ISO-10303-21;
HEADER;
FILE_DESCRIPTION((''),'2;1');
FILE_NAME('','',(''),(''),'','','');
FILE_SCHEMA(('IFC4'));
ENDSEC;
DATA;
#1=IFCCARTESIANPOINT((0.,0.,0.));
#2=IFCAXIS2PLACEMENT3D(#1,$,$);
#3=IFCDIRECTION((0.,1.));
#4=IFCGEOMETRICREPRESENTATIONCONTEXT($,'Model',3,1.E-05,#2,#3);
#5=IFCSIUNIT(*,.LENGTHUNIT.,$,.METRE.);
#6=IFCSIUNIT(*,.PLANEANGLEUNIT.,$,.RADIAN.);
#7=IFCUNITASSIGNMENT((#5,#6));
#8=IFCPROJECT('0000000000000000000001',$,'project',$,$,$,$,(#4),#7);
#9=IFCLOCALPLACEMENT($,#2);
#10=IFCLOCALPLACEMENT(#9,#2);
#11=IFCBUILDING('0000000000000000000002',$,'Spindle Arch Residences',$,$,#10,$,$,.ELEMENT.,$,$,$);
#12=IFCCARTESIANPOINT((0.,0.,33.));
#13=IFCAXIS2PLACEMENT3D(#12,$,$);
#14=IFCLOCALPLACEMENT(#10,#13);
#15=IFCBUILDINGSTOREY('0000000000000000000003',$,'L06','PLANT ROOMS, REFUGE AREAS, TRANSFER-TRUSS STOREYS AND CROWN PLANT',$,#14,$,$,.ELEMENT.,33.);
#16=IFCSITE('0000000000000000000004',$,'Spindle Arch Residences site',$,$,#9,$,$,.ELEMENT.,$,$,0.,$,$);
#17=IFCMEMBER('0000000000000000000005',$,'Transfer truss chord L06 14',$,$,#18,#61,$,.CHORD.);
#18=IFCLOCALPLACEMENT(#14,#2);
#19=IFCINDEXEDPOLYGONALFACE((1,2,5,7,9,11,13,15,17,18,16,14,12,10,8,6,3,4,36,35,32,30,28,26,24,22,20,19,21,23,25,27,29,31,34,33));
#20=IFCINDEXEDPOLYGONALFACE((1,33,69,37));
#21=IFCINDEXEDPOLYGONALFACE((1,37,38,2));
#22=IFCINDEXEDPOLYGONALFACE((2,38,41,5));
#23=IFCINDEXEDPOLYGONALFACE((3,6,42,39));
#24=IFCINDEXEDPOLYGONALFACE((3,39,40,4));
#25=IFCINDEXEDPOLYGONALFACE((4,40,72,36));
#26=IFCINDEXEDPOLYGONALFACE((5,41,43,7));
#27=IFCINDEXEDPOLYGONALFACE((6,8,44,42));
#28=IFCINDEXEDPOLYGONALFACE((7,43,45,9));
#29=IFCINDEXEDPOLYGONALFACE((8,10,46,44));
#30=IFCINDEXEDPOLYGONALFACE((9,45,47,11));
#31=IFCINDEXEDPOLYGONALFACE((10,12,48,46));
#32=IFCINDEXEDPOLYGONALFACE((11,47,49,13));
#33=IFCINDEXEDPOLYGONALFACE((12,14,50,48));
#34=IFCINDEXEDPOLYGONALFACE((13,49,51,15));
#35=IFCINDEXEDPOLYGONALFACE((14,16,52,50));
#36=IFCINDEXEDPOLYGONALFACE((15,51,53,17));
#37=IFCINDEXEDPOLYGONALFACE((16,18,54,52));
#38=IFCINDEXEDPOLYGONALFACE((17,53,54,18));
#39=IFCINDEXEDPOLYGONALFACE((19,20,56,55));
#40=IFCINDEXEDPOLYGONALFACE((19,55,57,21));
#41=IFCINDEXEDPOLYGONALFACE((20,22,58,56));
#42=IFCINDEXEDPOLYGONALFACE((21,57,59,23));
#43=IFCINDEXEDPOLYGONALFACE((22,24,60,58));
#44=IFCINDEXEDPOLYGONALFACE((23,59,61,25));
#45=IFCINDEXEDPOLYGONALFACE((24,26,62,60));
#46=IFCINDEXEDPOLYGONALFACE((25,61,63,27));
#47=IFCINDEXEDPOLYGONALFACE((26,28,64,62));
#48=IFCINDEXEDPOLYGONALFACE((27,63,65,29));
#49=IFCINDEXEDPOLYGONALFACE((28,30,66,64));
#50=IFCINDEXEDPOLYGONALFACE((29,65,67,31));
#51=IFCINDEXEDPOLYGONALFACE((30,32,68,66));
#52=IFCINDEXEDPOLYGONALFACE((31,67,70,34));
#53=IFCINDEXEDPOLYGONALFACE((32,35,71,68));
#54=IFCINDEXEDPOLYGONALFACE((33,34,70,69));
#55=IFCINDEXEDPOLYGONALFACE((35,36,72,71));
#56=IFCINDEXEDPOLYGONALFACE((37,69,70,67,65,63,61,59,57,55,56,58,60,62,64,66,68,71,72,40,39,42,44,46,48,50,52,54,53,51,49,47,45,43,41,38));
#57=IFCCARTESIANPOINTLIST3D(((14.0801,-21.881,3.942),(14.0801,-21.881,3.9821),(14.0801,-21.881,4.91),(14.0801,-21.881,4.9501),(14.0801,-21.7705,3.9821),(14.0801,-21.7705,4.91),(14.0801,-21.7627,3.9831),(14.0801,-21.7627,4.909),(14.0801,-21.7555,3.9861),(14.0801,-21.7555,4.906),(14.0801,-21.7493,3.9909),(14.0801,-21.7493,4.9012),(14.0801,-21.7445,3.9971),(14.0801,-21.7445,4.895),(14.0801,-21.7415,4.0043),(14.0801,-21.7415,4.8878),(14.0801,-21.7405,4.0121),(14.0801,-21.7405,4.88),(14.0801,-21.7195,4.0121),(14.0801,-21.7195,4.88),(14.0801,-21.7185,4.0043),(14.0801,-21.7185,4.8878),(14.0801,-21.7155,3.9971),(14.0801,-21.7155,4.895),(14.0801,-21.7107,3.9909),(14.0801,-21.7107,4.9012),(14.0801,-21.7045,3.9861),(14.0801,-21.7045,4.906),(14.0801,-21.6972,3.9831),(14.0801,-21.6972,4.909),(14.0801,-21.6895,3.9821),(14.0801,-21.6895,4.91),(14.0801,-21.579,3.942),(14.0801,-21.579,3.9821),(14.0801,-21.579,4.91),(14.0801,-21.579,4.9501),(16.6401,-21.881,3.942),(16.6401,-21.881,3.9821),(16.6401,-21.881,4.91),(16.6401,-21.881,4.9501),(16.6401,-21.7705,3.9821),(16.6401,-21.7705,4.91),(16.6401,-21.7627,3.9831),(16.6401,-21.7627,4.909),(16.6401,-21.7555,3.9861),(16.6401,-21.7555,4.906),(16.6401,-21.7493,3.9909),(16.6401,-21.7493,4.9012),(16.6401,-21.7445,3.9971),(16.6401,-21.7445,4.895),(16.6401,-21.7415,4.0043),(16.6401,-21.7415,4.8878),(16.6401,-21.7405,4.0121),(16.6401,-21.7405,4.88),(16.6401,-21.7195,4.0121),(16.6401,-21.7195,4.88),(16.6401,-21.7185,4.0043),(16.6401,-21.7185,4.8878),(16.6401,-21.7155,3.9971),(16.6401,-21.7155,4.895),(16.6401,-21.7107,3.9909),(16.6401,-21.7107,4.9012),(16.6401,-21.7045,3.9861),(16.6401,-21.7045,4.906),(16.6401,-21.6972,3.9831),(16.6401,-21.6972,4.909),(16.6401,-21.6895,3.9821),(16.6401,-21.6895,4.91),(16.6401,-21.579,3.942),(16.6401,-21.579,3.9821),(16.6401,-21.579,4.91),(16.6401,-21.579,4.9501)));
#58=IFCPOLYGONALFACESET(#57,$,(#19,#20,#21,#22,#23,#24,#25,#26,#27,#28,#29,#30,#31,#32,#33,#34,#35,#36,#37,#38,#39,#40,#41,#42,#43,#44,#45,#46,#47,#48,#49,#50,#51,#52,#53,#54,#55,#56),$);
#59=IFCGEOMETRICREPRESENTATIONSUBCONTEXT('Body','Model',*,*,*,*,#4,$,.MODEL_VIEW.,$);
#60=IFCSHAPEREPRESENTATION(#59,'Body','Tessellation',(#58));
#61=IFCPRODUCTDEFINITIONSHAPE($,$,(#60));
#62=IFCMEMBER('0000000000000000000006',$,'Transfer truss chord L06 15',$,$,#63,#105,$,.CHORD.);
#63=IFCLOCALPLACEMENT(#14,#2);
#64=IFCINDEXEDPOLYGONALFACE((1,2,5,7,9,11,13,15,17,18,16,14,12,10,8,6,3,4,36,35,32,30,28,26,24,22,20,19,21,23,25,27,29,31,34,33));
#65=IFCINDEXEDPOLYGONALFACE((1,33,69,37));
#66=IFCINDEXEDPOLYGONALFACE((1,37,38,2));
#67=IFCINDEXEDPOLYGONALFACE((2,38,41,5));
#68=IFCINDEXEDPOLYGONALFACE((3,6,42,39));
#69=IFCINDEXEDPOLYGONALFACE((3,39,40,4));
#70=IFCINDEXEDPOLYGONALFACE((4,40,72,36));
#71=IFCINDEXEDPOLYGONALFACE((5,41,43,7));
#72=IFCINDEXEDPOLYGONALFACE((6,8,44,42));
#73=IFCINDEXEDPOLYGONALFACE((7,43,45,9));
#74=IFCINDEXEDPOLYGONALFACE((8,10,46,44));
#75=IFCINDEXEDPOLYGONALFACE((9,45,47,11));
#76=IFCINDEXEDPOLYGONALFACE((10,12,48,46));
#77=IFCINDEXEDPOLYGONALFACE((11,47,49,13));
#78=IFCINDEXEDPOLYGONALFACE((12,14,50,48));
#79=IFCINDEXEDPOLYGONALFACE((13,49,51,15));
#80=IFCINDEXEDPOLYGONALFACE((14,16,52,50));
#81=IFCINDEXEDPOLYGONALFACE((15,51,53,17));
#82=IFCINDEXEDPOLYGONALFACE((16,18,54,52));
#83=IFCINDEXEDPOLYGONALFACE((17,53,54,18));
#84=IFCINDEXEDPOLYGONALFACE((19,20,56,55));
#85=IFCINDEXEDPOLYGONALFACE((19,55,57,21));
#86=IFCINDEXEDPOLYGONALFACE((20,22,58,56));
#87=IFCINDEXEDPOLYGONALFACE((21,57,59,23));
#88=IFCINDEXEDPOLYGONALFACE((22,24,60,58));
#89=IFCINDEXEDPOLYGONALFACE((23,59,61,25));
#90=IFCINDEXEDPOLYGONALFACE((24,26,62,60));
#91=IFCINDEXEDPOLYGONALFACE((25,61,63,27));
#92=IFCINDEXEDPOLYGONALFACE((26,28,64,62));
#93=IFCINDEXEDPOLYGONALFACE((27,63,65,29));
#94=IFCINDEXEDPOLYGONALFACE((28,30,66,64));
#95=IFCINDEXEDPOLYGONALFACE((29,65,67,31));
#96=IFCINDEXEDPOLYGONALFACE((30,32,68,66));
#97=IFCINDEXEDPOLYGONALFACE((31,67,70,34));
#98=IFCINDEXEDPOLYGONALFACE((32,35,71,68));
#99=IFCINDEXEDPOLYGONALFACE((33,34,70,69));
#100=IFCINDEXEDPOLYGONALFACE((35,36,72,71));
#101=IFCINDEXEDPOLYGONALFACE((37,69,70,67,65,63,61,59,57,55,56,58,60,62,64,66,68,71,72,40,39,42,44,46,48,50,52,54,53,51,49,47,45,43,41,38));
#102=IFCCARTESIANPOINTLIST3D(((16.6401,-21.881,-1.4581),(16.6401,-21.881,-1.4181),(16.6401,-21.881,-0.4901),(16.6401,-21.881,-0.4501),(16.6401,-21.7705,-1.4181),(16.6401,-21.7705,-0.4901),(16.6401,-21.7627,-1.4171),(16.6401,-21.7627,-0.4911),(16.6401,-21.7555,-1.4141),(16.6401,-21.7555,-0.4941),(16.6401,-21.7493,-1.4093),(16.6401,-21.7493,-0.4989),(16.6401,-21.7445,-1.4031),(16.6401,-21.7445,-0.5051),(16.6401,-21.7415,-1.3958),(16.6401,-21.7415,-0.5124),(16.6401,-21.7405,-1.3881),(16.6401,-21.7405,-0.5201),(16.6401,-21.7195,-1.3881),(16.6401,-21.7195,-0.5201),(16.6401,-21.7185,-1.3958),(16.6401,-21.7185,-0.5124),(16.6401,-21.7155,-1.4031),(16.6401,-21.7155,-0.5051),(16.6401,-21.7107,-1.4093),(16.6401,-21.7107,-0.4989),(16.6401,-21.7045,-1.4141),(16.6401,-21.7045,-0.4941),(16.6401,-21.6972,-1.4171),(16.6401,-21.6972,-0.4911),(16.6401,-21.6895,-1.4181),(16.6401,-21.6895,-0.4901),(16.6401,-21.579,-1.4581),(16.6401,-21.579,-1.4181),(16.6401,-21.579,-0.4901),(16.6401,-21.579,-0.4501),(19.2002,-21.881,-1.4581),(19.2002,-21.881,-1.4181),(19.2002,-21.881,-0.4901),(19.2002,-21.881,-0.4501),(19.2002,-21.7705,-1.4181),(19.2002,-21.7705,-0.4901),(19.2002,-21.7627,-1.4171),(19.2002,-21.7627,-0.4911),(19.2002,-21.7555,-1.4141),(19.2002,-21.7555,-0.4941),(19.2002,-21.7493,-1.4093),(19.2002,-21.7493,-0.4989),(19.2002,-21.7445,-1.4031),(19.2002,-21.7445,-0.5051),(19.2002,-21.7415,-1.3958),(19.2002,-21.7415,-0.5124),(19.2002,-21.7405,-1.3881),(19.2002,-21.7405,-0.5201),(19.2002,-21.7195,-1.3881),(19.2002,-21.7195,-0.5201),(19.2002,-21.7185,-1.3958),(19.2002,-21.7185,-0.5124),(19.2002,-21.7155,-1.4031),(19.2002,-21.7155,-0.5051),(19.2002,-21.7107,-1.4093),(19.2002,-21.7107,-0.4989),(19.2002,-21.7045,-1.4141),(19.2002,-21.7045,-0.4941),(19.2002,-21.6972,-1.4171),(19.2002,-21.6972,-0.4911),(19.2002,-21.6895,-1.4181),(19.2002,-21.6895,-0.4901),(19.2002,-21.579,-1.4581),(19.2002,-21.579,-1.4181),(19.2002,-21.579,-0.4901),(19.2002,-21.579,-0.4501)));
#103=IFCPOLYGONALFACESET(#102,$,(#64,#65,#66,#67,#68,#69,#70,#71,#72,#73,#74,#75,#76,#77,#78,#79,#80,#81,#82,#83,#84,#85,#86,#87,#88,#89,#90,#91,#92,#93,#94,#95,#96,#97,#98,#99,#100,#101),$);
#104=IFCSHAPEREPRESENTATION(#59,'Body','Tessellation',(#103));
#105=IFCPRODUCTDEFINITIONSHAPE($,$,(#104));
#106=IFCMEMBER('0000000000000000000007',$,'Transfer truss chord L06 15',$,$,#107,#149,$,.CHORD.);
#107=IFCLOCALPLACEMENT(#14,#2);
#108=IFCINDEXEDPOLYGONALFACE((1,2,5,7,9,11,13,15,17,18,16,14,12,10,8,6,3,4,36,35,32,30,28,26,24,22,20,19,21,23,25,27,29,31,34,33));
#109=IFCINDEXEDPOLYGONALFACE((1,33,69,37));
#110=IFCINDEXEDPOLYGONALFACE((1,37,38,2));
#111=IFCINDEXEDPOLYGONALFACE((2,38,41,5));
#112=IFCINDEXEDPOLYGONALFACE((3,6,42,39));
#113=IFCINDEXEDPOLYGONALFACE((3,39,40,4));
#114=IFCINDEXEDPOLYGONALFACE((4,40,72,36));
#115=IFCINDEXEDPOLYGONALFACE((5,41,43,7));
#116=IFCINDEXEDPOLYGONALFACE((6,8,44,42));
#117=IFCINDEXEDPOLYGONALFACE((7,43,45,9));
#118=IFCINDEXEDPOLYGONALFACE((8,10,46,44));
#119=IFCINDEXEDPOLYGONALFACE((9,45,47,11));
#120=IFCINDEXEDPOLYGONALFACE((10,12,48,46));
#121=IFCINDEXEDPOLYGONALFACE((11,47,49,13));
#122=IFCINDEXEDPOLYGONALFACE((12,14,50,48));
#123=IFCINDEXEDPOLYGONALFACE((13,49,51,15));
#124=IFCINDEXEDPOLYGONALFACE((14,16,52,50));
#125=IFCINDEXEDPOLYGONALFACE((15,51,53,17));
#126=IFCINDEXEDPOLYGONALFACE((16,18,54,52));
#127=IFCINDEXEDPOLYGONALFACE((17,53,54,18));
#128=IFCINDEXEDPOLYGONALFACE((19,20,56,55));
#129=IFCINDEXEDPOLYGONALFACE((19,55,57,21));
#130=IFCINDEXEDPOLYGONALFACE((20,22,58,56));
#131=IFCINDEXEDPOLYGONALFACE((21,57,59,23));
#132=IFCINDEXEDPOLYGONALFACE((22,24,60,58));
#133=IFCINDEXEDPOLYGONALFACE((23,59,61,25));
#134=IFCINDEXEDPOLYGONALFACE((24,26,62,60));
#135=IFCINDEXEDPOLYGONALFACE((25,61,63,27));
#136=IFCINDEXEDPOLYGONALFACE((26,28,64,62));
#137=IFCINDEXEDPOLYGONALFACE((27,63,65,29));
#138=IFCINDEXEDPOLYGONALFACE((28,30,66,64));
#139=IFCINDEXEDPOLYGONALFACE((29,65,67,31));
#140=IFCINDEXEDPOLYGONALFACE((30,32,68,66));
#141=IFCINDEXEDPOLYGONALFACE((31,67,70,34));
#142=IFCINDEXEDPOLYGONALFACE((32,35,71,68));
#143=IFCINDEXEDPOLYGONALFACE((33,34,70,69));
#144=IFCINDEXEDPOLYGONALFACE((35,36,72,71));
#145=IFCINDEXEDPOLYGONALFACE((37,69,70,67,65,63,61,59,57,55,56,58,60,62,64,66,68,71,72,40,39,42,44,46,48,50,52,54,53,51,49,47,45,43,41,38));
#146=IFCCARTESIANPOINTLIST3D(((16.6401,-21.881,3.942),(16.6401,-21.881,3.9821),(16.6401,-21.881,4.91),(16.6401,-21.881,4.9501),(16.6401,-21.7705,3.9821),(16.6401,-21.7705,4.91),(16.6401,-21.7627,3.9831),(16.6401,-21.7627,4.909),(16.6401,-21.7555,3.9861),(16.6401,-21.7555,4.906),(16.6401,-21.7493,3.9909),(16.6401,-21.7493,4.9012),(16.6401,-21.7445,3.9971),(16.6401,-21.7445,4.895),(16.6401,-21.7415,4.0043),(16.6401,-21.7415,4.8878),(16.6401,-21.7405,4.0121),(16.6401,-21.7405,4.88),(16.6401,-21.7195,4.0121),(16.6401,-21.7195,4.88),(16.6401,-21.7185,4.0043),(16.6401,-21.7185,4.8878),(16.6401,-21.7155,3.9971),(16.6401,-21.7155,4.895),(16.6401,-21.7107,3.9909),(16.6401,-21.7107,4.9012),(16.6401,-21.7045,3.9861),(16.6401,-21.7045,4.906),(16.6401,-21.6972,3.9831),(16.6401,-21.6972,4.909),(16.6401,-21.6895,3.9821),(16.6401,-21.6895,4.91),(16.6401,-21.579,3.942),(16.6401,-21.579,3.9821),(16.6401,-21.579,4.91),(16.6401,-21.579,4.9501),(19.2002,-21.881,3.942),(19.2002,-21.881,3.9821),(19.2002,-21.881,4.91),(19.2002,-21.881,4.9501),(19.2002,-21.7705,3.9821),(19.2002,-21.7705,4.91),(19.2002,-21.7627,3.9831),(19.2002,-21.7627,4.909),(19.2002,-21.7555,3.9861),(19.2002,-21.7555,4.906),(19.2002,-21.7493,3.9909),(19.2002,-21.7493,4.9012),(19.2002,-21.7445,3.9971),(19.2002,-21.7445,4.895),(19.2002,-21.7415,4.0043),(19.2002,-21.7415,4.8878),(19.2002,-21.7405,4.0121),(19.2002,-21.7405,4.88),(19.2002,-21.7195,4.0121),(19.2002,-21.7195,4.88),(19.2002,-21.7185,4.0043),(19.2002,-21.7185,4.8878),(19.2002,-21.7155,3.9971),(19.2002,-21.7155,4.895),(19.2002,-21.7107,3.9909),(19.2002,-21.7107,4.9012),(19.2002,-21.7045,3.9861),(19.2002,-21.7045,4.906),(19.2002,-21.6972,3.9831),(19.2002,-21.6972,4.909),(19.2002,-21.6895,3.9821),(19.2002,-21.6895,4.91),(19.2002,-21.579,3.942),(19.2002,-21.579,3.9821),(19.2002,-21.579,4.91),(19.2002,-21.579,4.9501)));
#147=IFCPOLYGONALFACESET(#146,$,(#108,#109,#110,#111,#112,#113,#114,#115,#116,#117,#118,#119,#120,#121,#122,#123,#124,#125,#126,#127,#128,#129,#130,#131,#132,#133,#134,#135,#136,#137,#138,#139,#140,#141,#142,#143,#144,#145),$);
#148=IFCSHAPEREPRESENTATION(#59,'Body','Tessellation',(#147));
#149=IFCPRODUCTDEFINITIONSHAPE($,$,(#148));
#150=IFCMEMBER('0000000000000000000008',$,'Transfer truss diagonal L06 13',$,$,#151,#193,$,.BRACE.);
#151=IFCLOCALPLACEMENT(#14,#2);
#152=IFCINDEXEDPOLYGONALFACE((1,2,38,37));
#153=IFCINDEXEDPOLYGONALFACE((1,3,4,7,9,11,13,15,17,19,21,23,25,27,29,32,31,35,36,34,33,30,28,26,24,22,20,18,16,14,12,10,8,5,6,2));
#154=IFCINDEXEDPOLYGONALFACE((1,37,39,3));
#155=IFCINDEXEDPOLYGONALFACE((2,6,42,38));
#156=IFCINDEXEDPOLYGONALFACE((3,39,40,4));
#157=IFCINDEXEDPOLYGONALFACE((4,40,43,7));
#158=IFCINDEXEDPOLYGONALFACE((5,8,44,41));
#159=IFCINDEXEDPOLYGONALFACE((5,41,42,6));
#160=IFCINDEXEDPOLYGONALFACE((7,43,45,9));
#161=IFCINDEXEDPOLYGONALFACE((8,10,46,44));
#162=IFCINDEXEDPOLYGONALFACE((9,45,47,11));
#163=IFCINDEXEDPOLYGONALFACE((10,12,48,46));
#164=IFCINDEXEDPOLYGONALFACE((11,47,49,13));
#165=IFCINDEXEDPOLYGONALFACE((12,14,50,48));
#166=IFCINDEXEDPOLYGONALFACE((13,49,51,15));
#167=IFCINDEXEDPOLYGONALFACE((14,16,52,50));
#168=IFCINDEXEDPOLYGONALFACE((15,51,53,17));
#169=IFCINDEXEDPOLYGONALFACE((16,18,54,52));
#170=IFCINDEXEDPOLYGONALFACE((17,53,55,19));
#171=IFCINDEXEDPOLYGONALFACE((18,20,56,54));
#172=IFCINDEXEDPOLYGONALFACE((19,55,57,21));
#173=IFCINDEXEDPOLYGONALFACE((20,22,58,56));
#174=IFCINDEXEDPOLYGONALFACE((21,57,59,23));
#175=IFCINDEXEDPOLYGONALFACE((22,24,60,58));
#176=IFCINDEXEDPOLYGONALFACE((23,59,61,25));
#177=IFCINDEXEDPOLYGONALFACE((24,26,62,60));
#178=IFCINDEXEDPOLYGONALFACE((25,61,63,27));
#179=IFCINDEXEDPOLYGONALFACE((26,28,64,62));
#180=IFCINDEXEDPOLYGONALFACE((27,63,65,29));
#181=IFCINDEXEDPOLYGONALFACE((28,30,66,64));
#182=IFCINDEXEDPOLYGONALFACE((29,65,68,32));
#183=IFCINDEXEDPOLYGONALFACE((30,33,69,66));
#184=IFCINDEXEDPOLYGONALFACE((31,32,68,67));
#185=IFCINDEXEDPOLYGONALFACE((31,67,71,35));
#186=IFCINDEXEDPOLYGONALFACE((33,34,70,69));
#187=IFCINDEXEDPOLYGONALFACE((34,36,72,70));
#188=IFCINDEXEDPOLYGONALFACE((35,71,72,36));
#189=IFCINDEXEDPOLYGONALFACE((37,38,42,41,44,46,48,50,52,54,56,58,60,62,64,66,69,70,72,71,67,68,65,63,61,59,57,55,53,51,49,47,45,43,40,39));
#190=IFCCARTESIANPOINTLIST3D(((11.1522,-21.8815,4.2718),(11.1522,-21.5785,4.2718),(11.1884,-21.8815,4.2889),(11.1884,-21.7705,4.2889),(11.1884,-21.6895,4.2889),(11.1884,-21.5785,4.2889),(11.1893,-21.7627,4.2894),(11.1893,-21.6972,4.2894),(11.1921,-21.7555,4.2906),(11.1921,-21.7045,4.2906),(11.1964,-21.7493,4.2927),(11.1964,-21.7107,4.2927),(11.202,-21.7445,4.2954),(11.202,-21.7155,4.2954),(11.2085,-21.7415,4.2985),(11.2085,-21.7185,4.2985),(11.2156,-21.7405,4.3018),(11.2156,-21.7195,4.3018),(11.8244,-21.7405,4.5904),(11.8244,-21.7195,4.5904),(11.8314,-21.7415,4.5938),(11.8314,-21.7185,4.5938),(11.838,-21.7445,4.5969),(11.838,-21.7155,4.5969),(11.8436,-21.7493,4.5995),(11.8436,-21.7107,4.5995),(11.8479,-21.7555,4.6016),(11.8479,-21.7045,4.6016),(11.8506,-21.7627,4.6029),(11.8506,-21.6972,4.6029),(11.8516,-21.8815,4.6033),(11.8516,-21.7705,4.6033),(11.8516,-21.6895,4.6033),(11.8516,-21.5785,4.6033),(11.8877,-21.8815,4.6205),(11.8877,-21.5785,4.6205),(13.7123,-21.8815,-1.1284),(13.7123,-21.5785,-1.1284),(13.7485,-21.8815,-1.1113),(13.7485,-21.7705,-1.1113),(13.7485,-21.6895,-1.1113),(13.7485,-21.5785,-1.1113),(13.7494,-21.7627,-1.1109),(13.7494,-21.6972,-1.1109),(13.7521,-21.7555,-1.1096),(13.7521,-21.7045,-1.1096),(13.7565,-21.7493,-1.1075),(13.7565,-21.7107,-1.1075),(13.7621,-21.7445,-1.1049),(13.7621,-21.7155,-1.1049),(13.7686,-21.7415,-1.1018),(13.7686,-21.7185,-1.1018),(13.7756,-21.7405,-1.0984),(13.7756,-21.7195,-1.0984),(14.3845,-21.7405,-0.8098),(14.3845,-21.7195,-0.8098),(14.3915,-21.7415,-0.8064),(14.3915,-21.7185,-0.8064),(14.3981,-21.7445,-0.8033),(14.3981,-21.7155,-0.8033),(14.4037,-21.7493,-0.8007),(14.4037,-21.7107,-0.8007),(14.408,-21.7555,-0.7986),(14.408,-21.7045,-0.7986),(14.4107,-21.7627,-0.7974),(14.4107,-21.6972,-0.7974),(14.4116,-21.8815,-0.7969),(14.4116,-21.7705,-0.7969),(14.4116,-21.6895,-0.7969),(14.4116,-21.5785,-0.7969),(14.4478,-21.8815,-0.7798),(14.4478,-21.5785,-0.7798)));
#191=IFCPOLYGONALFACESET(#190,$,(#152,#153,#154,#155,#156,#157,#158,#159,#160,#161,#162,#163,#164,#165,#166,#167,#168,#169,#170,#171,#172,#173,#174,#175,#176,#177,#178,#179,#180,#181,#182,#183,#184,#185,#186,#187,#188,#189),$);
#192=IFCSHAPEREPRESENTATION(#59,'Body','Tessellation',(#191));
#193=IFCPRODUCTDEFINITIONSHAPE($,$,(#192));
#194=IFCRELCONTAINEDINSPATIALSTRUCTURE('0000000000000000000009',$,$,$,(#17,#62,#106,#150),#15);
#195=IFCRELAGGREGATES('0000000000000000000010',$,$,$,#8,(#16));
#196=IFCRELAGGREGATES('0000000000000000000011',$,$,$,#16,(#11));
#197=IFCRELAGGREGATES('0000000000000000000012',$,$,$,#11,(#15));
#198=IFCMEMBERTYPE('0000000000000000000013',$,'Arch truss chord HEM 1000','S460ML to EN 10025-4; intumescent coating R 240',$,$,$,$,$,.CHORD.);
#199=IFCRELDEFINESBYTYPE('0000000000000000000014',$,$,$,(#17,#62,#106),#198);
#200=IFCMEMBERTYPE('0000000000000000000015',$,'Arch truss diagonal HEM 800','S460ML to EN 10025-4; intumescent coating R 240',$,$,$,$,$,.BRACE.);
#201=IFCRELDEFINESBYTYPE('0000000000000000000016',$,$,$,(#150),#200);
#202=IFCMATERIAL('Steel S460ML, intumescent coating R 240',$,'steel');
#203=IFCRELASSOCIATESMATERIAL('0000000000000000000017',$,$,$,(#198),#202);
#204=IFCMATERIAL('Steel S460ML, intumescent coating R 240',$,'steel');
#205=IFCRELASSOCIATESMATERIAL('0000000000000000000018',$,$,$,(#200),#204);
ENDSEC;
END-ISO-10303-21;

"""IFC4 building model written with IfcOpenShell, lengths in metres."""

from ifc_helpers import new_model, si_unit, direction, frame, origin, origin_2d, place, context, subcontext, project, spatial, i_section, extrude, material, material_profile, profile_set, type_object, element, save


model = new_model("IFC4")

# Units and contexts
model_context = context("Model", 3, precision=1e-05, world=origin(), true_north=direction((0.0, 1.0)))
body_context = subcontext(model_context, "Body", "Model", "MODEL_VIEW")
ifc_project = project(units=[si_unit("LENGTHUNIT", "METRE"), si_unit("PLANEANGLEUNIT", "RADIAN")], contexts=[model_context])

# Site, building, storey
site_placement = place(None, origin())
site = spatial("IfcSite", under=ifc_project, at=site_placement, Name="Spindle Arch Residences site", CompositionType="ELEMENT", RefElevation=0.0)
building_placement = place(site_placement, origin())
building = spatial("IfcBuilding", under=site, at=building_placement, Name="Spindle Arch Residences", CompositionType="ELEMENT")
storey_placement = place(building_placement, frame((0.0, 0.0, 33.0)))
storey = spatial("IfcBuildingStorey", under=building, at=storey_placement, Name="L06", Description="PLANT ROOMS, REFUGE AREAS, TRANSFER-TRUSS STOREYS AND CROWN PLANT", CompositionType="ELEMENT", Elevation=33.0)

# Members
ifc_material_1 = material(Name="Steel S460ML, intumescent coating R 240", Category="steel")
ifc_material_profile_1 = material_profile(ifc_material_1, i_section(OverallWidth=0.302, OverallDepth=1.0081, WebThickness=0.021, FlangeThickness=0.04, FilletRadius=0.03, at=origin_2d()), Name="HEM 1000")
ifc_profile_set_1 = profile_set([ifc_material_profile_1], Name="Steel S460ML, intumescent coating R 240")
member_type_1 = type_object("IfcMemberType", Name="Arch truss chord HEM 1000", Description="S460ML to EN 10025-4; intumescent coating R 240", PredefinedType="CHORD", material=ifc_profile_set_1)
for number, where, z_axis, x_axis, name in (
    (1, (14.0801, -21.73, 4.446), (1.0, 0.0, 0.0), (0.0, 1.0, 0.0), "Transfer truss chord L06 14"),
    (2, (16.6401, -21.73, -0.9541), (1.0, 0.0, 0.0), (0.0, 1.0, 0.0), "Transfer truss chord L06 15"),
    (3, (16.6401, -21.73, 4.446), (1.0, 0.0, 0.0), (0.0, 1.0, 0.0), "Transfer truss chord L06 15"),
):
    element("IfcMember", number, at=place(storey_placement, frame(where, z_axis=z_axis, x_axis=x_axis)), inside=storey, type_object=member_type_1, Name=name, PredefinedType="CHORD", context=body_context, shape_type="SweptSolid", body=[
        extrude(i_section(OverallWidth=0.302, OverallDepth=1.0081, WebThickness=0.021, FlangeThickness=0.04, FilletRadius=0.03, at=origin_2d()), origin(), (0.0, 0.0, 1.0), 2.5601),
    ])
ifc_material_2 = material(Name="Steel S460ML, intumescent coating R 240", Category="steel")
ifc_material_profile_2 = material_profile(ifc_material_2, i_section(OverallWidth=0.303, OverallDepth=0.814, WebThickness=0.021, FlangeThickness=0.04, FilletRadius=0.03, at=origin_2d()), Name="HEM 800")
ifc_profile_set_2 = profile_set([ifc_material_profile_2], Name="Steel S460ML, intumescent coating R 240")
member_type_2 = type_object("IfcMemberType", Name="Arch truss diagonal HEM 800", Description="S460ML to EN 10025-4; intumescent coating R 240", PredefinedType="BRACE", material=ifc_profile_set_2)
for number, where, z_axis, x_axis, name in (
    (4, (14.0801, -21.73, -0.9541), (-0.428373, 0.0, 0.903602), (0.0, -1.0, 0.0), "Transfer truss diagonal L06 13"),
):
    element("IfcMember", number, at=place(storey_placement, frame(where, z_axis=z_axis, x_axis=x_axis)), inside=storey, type_object=member_type_2, Name=name, PredefinedType="BRACE", context=body_context, shape_type="SweptSolid", body=[
        extrude(i_section(OverallWidth=0.303, OverallDepth=0.814, WebThickness=0.021, FlangeThickness=0.04, FilletRadius=0.03, at=origin_2d()), origin(), (0.0, 0.0, 1.0), 5.9763),
    ])

save(model, "model.ifc")
